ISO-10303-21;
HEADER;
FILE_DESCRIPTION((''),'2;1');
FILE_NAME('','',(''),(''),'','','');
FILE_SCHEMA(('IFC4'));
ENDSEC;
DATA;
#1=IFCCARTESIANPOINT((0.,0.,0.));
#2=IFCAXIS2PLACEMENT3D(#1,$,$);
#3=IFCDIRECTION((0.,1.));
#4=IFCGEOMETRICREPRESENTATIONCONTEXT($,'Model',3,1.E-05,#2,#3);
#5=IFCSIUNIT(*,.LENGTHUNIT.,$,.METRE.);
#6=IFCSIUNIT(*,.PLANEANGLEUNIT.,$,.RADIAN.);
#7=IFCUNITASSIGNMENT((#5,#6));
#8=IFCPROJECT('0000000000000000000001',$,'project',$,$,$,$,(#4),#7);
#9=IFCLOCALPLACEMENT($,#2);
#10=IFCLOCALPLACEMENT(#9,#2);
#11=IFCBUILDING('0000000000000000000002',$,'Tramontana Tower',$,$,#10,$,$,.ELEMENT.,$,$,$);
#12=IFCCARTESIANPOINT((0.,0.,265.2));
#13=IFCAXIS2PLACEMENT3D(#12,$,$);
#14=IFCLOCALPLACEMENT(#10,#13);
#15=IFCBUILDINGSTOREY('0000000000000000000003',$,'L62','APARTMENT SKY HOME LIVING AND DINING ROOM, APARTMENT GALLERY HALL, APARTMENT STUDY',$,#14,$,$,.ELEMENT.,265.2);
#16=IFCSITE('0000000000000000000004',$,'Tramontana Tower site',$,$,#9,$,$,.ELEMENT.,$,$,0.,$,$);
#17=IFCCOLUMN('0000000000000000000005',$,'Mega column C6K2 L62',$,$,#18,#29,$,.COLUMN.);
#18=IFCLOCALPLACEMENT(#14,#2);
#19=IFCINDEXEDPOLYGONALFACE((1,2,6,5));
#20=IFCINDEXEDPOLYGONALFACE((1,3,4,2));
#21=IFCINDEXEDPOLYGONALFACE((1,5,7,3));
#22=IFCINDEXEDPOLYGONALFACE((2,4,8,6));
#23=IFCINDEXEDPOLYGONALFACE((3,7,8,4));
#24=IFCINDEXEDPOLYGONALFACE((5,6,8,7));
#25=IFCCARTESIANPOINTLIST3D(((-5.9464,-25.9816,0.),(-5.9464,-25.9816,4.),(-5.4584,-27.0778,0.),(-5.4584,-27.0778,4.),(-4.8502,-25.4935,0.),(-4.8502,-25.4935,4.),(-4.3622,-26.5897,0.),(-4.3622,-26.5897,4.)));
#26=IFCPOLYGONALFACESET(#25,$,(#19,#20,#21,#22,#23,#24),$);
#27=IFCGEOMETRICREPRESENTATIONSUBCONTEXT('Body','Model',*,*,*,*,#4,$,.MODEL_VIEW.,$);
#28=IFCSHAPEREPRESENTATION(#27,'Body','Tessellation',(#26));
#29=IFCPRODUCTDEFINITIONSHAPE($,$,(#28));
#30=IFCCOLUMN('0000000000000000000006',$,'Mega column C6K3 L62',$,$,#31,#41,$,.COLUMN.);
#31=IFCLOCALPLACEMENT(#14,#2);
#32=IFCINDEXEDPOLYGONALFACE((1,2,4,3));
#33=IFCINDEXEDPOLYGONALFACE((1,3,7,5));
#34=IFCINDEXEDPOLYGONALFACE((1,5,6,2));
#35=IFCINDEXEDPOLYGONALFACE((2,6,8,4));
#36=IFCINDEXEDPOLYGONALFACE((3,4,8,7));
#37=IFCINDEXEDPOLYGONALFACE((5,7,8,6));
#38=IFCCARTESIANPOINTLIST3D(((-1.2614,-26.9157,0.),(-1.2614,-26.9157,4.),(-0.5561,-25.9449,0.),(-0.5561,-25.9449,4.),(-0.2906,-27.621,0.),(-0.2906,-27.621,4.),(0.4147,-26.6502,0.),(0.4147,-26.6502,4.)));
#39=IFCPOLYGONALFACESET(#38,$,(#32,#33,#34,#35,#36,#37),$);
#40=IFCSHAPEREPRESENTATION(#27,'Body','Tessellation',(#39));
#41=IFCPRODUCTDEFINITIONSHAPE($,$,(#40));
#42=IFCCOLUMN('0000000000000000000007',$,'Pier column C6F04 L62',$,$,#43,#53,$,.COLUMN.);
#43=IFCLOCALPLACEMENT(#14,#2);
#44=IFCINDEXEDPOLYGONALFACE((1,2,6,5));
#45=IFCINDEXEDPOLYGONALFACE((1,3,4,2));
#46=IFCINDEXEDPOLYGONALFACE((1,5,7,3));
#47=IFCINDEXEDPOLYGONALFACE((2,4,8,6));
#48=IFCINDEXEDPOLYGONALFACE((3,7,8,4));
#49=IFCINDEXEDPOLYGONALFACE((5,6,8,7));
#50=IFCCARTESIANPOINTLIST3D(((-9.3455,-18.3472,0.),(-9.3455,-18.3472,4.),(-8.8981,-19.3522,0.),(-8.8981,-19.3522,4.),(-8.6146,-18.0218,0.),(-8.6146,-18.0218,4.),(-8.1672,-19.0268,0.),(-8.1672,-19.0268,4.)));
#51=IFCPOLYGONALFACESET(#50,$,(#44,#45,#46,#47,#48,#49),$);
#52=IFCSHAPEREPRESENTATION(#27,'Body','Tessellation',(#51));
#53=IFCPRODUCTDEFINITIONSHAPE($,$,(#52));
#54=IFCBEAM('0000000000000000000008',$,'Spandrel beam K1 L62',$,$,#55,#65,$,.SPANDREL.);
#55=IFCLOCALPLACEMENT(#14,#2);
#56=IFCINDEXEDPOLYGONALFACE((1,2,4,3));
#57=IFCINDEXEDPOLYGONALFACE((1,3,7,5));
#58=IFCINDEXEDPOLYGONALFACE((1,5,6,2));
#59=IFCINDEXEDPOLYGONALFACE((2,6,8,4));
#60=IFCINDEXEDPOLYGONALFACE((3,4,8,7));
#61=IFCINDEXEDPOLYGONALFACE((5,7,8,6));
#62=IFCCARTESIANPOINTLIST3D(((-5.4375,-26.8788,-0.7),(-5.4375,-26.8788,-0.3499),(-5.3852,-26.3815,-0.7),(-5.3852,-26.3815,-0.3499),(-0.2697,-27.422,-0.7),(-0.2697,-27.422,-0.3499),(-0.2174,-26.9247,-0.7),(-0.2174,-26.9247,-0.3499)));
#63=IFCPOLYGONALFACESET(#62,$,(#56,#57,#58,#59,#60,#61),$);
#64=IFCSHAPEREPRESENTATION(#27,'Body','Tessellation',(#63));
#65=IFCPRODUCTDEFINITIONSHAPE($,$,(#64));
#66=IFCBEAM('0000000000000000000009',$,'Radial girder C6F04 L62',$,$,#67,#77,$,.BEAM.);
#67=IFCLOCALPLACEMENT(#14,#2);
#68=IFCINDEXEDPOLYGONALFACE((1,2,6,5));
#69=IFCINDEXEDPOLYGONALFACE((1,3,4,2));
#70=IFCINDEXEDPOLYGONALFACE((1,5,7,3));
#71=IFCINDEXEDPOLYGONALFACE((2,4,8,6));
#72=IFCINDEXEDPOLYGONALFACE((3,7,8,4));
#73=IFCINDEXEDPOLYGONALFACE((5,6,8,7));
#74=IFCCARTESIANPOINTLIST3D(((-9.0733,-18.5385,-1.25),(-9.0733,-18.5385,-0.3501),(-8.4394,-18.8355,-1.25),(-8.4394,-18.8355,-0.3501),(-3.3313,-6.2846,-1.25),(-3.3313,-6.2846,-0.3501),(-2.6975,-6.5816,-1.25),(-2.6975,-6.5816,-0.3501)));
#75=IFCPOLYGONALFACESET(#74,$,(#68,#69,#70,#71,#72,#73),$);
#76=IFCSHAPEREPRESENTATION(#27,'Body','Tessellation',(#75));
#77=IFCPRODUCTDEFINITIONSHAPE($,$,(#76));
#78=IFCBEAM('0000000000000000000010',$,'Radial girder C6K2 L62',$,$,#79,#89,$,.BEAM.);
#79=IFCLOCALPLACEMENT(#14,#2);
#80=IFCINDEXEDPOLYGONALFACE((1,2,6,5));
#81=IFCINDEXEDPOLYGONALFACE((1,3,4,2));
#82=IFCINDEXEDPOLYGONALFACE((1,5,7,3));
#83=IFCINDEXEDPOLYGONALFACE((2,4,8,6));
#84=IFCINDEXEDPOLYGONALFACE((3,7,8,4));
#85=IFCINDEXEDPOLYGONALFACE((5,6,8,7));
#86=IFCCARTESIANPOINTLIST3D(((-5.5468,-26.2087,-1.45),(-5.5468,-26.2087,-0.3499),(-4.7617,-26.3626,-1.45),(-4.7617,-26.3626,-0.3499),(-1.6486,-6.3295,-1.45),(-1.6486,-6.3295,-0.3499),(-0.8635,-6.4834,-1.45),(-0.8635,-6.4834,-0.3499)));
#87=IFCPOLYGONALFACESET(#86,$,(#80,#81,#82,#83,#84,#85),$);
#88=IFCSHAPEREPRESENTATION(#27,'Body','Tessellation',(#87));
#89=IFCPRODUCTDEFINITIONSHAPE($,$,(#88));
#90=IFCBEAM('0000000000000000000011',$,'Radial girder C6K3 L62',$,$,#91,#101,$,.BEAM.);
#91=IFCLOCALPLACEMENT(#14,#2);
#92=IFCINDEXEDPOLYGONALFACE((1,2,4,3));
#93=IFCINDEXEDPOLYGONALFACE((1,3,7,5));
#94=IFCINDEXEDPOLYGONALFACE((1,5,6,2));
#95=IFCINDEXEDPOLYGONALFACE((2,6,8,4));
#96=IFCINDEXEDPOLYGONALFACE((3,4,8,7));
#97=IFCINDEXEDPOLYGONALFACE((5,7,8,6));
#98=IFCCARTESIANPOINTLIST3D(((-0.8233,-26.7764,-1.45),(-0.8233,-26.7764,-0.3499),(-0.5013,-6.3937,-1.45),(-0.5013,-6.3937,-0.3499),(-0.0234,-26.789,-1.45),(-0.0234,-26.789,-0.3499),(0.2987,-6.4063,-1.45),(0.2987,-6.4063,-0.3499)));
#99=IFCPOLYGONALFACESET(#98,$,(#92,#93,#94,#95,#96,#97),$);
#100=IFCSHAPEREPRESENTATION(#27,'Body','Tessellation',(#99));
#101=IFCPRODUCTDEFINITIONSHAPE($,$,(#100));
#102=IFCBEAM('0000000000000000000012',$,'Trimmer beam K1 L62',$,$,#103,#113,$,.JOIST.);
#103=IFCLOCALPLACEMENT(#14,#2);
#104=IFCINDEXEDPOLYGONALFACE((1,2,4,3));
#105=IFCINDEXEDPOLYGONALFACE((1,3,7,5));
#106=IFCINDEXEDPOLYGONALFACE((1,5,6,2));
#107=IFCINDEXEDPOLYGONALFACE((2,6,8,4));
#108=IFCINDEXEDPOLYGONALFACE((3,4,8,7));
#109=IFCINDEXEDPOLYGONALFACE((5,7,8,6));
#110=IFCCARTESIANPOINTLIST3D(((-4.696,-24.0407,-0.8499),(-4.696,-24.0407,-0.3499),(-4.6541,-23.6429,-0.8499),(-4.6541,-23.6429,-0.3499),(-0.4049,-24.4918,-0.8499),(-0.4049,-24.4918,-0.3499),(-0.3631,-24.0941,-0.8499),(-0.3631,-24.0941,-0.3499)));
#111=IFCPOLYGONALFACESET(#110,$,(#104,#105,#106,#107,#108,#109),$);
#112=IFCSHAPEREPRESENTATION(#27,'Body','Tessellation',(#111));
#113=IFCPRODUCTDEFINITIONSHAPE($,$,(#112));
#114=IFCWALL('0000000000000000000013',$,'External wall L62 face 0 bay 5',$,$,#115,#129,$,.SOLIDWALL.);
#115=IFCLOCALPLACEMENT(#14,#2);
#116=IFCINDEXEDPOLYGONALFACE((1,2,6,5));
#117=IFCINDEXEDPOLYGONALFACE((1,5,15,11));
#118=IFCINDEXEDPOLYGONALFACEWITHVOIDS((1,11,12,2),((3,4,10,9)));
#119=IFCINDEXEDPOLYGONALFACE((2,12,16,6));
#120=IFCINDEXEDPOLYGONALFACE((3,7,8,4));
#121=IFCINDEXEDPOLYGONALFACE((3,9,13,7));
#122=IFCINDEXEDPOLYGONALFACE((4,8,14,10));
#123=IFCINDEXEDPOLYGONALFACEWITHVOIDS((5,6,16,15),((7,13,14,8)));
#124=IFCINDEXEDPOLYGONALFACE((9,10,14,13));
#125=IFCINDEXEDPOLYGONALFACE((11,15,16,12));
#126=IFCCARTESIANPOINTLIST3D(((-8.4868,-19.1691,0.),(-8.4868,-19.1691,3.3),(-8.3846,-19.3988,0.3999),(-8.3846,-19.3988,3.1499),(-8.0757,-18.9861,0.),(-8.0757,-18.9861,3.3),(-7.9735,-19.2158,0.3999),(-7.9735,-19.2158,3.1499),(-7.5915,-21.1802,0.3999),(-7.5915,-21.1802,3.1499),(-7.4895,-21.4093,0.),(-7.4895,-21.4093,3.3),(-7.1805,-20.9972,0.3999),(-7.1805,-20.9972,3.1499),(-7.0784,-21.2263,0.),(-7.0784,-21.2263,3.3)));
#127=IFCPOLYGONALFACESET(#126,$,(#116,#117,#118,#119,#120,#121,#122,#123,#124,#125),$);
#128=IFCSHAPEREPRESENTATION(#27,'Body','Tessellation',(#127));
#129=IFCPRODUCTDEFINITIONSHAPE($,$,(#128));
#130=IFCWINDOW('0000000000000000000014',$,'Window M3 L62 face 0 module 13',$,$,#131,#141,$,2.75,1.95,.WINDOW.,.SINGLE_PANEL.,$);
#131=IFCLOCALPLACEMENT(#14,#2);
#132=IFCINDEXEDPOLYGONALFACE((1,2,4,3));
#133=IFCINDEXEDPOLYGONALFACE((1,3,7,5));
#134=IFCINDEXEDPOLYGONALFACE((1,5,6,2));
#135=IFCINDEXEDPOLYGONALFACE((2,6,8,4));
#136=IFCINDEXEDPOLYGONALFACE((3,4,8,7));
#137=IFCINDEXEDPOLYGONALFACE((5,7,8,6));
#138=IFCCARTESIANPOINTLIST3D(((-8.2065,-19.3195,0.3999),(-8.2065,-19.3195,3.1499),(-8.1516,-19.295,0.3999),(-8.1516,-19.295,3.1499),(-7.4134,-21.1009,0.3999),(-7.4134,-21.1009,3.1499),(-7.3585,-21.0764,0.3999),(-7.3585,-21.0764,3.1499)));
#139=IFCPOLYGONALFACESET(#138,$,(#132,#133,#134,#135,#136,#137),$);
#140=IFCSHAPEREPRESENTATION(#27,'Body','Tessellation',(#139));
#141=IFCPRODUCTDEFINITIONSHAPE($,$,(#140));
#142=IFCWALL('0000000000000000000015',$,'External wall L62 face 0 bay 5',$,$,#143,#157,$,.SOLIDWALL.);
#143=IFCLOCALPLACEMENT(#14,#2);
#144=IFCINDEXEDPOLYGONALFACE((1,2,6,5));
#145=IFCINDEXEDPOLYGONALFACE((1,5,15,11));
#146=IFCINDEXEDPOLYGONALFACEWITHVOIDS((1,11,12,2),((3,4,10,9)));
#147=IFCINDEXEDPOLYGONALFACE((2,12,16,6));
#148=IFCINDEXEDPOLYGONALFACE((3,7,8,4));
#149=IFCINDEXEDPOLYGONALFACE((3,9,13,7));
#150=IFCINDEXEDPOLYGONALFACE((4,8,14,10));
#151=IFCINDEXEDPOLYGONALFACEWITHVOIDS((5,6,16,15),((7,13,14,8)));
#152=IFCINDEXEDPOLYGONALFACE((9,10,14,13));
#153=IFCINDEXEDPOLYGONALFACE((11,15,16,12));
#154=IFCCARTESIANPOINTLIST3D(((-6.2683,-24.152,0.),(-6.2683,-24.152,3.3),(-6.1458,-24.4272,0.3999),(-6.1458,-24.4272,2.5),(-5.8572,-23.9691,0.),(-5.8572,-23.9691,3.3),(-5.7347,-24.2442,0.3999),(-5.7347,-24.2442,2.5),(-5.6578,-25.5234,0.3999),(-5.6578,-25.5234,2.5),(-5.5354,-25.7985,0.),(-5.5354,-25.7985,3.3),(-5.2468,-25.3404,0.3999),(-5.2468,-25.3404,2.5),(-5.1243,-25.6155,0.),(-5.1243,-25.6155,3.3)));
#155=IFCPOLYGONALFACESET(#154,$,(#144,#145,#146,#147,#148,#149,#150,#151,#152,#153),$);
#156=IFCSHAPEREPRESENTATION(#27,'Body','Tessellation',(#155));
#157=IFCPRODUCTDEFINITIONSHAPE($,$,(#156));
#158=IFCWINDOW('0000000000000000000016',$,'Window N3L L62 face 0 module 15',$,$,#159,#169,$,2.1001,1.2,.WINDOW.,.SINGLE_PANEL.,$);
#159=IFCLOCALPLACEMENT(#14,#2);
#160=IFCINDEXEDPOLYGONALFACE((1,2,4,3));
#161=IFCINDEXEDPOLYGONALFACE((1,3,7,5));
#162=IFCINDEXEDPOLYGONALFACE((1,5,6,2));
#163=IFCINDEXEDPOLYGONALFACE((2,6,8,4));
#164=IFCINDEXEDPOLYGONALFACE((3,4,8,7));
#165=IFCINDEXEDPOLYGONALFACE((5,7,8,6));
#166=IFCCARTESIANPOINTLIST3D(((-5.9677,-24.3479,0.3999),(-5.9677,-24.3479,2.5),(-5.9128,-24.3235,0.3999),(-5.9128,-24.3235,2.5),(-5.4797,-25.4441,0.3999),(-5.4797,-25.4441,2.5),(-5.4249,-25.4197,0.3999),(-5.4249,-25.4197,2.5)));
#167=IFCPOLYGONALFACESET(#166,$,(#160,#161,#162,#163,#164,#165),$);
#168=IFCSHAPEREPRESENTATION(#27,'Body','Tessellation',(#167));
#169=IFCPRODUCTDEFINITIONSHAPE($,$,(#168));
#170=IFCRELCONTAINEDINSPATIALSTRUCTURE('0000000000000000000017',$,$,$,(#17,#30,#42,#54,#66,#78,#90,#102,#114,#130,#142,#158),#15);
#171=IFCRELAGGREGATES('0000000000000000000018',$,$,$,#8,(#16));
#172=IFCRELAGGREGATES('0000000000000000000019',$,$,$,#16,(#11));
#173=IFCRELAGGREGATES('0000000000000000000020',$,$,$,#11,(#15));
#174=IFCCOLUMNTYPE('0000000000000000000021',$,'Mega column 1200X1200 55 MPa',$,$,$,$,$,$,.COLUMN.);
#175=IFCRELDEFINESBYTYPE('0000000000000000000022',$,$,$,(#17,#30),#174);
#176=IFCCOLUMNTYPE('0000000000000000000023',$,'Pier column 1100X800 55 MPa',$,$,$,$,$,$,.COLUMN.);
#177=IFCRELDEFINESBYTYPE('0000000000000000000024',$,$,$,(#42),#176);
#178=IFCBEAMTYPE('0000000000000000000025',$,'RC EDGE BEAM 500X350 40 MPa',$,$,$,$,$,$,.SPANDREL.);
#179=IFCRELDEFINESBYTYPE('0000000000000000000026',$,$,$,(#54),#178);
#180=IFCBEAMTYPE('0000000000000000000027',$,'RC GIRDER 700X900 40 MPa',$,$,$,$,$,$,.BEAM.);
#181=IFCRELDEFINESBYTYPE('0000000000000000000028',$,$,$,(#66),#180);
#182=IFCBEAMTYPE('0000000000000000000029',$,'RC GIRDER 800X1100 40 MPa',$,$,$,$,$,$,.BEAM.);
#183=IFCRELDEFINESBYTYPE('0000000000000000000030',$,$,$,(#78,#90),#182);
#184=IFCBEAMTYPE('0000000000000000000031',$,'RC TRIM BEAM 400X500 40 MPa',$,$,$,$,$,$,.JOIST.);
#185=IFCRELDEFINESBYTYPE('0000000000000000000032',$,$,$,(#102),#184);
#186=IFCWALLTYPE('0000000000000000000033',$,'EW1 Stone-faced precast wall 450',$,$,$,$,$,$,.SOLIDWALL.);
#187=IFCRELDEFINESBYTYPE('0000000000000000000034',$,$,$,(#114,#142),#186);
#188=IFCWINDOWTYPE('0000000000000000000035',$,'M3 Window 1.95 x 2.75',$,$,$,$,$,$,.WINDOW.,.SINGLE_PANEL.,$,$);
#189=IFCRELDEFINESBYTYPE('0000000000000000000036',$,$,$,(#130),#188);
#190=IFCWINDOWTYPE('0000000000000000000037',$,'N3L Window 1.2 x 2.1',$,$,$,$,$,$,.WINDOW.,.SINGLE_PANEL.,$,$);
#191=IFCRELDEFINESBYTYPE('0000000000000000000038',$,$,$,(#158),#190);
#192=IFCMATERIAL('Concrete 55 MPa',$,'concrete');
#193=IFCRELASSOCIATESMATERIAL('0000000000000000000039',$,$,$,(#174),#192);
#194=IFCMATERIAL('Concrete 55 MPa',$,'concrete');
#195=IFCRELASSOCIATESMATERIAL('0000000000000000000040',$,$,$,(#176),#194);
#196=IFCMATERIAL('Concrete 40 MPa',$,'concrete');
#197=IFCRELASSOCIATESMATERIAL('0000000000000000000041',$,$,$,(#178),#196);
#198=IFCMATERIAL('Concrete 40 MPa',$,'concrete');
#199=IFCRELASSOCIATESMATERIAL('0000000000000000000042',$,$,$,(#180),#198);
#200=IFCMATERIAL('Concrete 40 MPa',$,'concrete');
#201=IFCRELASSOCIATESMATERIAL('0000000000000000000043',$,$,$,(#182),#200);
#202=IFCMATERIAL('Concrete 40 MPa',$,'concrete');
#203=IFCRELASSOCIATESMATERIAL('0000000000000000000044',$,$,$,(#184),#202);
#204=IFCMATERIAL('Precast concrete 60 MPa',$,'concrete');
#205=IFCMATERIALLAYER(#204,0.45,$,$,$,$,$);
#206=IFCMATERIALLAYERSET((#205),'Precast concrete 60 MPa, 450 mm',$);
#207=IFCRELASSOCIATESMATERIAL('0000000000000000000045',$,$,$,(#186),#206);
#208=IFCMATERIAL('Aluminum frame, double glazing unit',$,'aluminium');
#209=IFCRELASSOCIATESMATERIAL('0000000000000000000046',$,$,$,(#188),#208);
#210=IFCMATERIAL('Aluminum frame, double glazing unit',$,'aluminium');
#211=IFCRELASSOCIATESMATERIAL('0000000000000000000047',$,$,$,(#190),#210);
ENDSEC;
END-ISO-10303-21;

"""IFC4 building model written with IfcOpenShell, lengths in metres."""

from ifc_helpers import new_model, si_unit, direction, frame, frame_2d, origin, origin_2d, place, context, subcontext, project, spatial, rectangle, extrude, material, layer, layer_set, material_profile, profile_set, type_object, element, fill, save


model = new_model("IFC4")

# Units and contexts
model_context = context("Model", 3, precision=1e-05, world=origin(), true_north=direction((0.0, 1.0)))
body_context = subcontext(model_context, "Body", "Model", "MODEL_VIEW")
ifc_project = project(units=[si_unit("LENGTHUNIT", "METRE"), si_unit("PLANEANGLEUNIT", "RADIAN")], contexts=[model_context])

# Site, building, storey
site_placement = place(None, origin())
site = spatial("IfcSite", under=ifc_project, at=site_placement, Name="Tramontana Tower site", CompositionType="ELEMENT", RefElevation=0.0)
building_placement = place(site_placement, origin())
building = spatial("IfcBuilding", under=site, at=building_placement, Name="Tramontana Tower", CompositionType="ELEMENT")
storey_placement = place(building_placement, frame((0.0, 0.0, 265.2)))
storey = spatial("IfcBuildingStorey", under=building, at=storey_placement, Name="L62", Description="APARTMENT SKY HOME LIVING AND DINING ROOM, APARTMENT GALLERY HALL, APARTMENT STUDY", CompositionType="ELEMENT", Elevation=265.2)

# Columns
ifc_material_1 = material(Name="Concrete 55 MPa", Category="concrete")
ifc_material_profile_1 = material_profile(ifc_material_1, rectangle(XDim=1.2, YDim=1.2, at=origin_2d()), Name="Mega column 1200X1200 55 MPa")
ifc_profile_set_1 = profile_set([ifc_material_profile_1], Name="Concrete 55 MPa")
column_type_1 = type_object("IfcColumnType", Name="Mega column 1200X1200 55 MPa", PredefinedType="COLUMN", material=ifc_profile_set_1)
for number, where, z_axis, x_axis, name in (
    (1, (-5.1543, -26.2856, 0.0), (0.0, 0.0, 1.0), (0.406737, -0.913545, 0.0), "Mega column C6K2 L62"),
    (2, (-0.4233, -26.783, 0.0), (0.0, 0.0, 1.0), (0.587785, 0.809017, 0.0), "Mega column C6K3 L62"),
):
    element("IfcColumn", number, at=place(storey_placement, frame(where, z_axis=z_axis, x_axis=x_axis)), inside=storey, type_object=column_type_1, Name=name, PredefinedType="COLUMN", context=body_context, shape_type="SweptSolid", body=[
        extrude(rectangle(XDim=1.2, YDim=1.2, at=origin_2d()), origin(), (0.0, 0.0, 1.0), 4.0),
    ])
ifc_material_2 = material(Name="Concrete 55 MPa", Category="concrete")
ifc_material_profile_2 = material_profile(ifc_material_2, rectangle(XDim=1.1001, YDim=0.8, at=origin_2d()), Name="Pier column 1100X800 55 MPa")
ifc_profile_set_2 = profile_set([ifc_material_profile_2], Name="Concrete 55 MPa")
column_type_2 = type_object("IfcColumnType", Name="Pier column 1100X800 55 MPa", PredefinedType="COLUMN", material=ifc_profile_set_2)
column_placement = place(storey_placement, frame((-8.7563, -18.687, 0.0), z_axis=(0.0, 0.0, 1.0), x_axis=(0.406737, -0.913545, 0.0)))
element("IfcColumn", 3, at=column_placement, inside=storey, type_object=column_type_2, Name="Pier column C6F04 L62", PredefinedType="COLUMN", context=body_context, shape_type="SweptSolid", body=[
    extrude(rectangle(XDim=1.1001, YDim=0.8, at=origin_2d()), origin(), (0.0, 0.0, 1.0), 4.0),
])

# Beams
ifc_material_3 = material(Name="Concrete 40 MPa", Category="concrete")
ifc_material_profile_3 = material_profile(ifc_material_3, rectangle(XDim=0.5, YDim=0.3501, at=origin_2d()), Name="RC EDGE BEAM 500X350 40 MPa")
ifc_profile_set_3 = profile_set([ifc_material_profile_3], Name="Concrete 40 MPa")
beam_type_1 = type_object("IfcBeamType", Name="RC EDGE BEAM 500X350 40 MPa", PredefinedType="SPANDREL", material=ifc_profile_set_3)
beam_1_placement = place(storey_placement, frame((-5.4114, -26.6301, -0.5249), z_axis=(0.994521, -0.10454, 0.0), x_axis=(0.10454, 0.994521, 0.0)))
element("IfcBeam", 4, at=beam_1_placement, inside=storey, type_object=beam_type_1, Name="Spandrel beam K1 L62", PredefinedType="SPANDREL", context=body_context, shape_type="SweptSolid", body=[
    extrude(rectangle(XDim=0.5, YDim=0.3501, at=origin_2d()), origin(), (0.0, 0.0, 1.0), 5.1963),
])
ifc_material_4 = material(Name="Concrete 40 MPa", Category="concrete")
ifc_material_profile_4 = material_profile(ifc_material_4, rectangle(XDim=0.7, YDim=0.8999, at=origin_2d()), Name="RC GIRDER 700X900 40 MPa")
ifc_profile_set_4 = profile_set([ifc_material_profile_4], Name="Concrete 40 MPa")
beam_type_2 = type_object("IfcBeamType", Name="RC GIRDER 700X900 40 MPa", PredefinedType="BEAM", material=ifc_profile_set_4)
beam_2_placement = place(storey_placement, frame((-8.7563, -18.687, -0.8), z_axis=(0.424308, 0.905518, 0.0), x_axis=(-0.905518, 0.424308, 0.0)))
element("IfcBeam", 5, at=beam_2_placement, inside=storey, type_object=beam_type_2, Name="Radial girder C6F04 L62", PredefinedType="BEAM", context=body_context, shape_type="SweptSolid", body=[
    extrude(rectangle(XDim=0.7, YDim=0.8999, at=origin_2d()), origin(), (0.0, 0.0, 1.0), 13.5325),
])
ifc_material_5 = material(Name="Concrete 40 MPa", Category="concrete")
ifc_material_profile_5 = material_profile(ifc_material_5, rectangle(XDim=0.8, YDim=1.1001, at=origin_2d()), Name="RC GIRDER 800X1100 40 MPa")
ifc_profile_set_5 = profile_set([ifc_material_profile_5], Name="Concrete 40 MPa")
beam_type_3 = type_object("IfcBeamType", Name="RC GIRDER 800X1100 40 MPa", PredefinedType="BEAM", material=ifc_profile_set_5)
beam_3_placement = place(storey_placement, frame((-5.1543, -26.2856, -0.8999), z_axis=(0.19243, 0.981311, 0.0), x_axis=(-0.981311, 0.19243, 0.0)))
element("IfcBeam", 6, at=beam_3_placement, inside=storey, type_object=beam_type_3, Name="Radial girder C6K2 L62", PredefinedType="BEAM", context=body_context, shape_type="SweptSolid", body=[
    extrude(rectangle(XDim=0.8, YDim=1.1001, at=origin_2d()), origin(), (0.0, 0.0, 1.0), 20.2578),
])
beam_4_placement = place(storey_placement, frame((-0.4233, -26.7827, -0.8999), z_axis=(0.015797, 0.999875, 0.0), x_axis=(-0.999875, 0.015797, 0.0)))
element("IfcBeam", 7, at=beam_4_placement, inside=storey, type_object=beam_type_3, Name="Radial girder C6K3 L62", PredefinedType="BEAM", context=body_context, shape_type="SweptSolid", body=[
    extrude(rectangle(XDim=0.8, YDim=1.1001, at=origin_2d()), origin(), (0.0, 0.0, 1.0), 20.3853),
])
ifc_material_6 = material(Name="Concrete 40 MPa", Category="concrete")
ifc_material_profile_6 = material_profile(ifc_material_6, rectangle(XDim=0.3999, YDim=0.5, at=origin_2d()), Name="RC TRIM BEAM 400X500 40 MPa")
ifc_profile_set_6 = profile_set([ifc_material_profile_6], Name="Concrete 40 MPa")
beam_type_4 = type_object("IfcBeamType", Name="RC TRIM BEAM 400X500 40 MPa", PredefinedType="JOIST", material=ifc_profile_set_6)
beam_5_placement = place(storey_placement, frame((-4.675, -23.8418, -0.5999), z_axis=(0.994518, -0.104567, 0.0), x_axis=(0.104567, 0.994518, 0.0)))
element("IfcBeam", 8, at=beam_5_placement, inside=storey, type_object=beam_type_4, Name="Trimmer beam K1 L62", PredefinedType="JOIST", context=body_context, shape_type="SweptSolid", body=[
    extrude(rectangle(XDim=0.3999, YDim=0.5, at=origin_2d()), origin(), (0.0, 0.0, 1.0), 4.3147),
])

# Walls, openings, windows
ifc_material_7 = material(Name="Precast concrete 60 MPa", Category="concrete")
ifc_layer_1 = layer(ifc_material_7, 0.45)
ifc_layer_set_1 = layer_set([ifc_layer_1], Name="Precast concrete 60 MPa, 450 mm")
wall_type_1 = type_object("IfcWallType", Name="EW1 Stone-faced precast wall 450", PredefinedType="SOLIDWALL", material=ifc_layer_set_1)
wall_1_placement = place(storey_placement, frame((-8.2812, -19.0776, 0.0), z_axis=(0.0, 0.0, 1.0), x_axis=(0.406702, -0.913561, 0.0)))
wall_1 = element("IfcWall", 9, at=wall_1_placement, inside=storey, type_object=wall_type_1, Name="External wall L62 face 0 bay 5", PredefinedType="SOLIDWALL", context=body_context, shape_type="SweptSolid", body=[
    extrude(rectangle(XDim=2.4521, YDim=0.45, at=frame_2d((1.2261, 0.0))), origin(), (0.0, 0.0, 1.0), 3.3),
])
opening_1_placement = place(wall_1_placement, frame((0.2512, 0.0, 0.3999)))
opening_1 = element("IfcOpeningElement", 10, at=opening_1_placement, cuts=wall_1, PredefinedType="OPENING", context=body_context, shape_type="SweptSolid", body=[
    extrude(rectangle(XDim=1.95, YDim=2.75, at=frame_2d((0.9751, 1.375))), frame((0.0, 0.2349, 0.0), z_axis=(0.0, -1.0, 0.0), x_axis=(1.0, 0.0, 0.0)), (0.0, 0.0, 1.0), 0.47),
])
ifc_material_8 = material(Name="Aluminum frame, double glazing unit", Category="aluminium")
window_type_1 = type_object("IfcWindowType", Name="M3 Window 1.95 x 2.75", PartitioningType="SINGLE_PANEL", PredefinedType="WINDOW", material=ifc_material_8)
window_1_placement = place(opening_1_placement, origin())
window_1 = element("IfcWindow", 11, at=window_1_placement, inside=storey, type_object=window_type_1, Name="Window M3 L62 face 0 module 13", OverallHeight=2.75, OverallWidth=1.95, PartitioningType="SINGLE_PANEL", PredefinedType="WINDOW", context=body_context, shape_type="SweptSolid", body=[
    extrude(rectangle(XDim=1.95, YDim=2.75, at=frame_2d((0.9751, 1.375))), frame((0.0, 0.03, 0.0), z_axis=(0.0, -1.0, 0.0), x_axis=(1.0, 0.0, 0.0)), (0.0, 0.0, 1.0), 0.0601),
])
fill(opening_1, window_1)
wall_2_placement = place(storey_placement, frame((-6.0627, -24.0605, 0.0), z_axis=(0.0, 0.0, 1.0), x_axis=(0.406666, -0.913577, 0.0)))
wall_2 = element("IfcWall", 12, at=wall_2_placement, inside=storey, type_object=wall_type_1, Name="External wall L62 face 0 bay 5", PredefinedType="SOLIDWALL", context=body_context, shape_type="SweptSolid", body=[
    extrude(rectangle(XDim=1.8022, YDim=0.45, at=frame_2d((0.9011, 0.0))), origin(), (0.0, 0.0, 1.0), 3.3),
])
opening_2_placement = place(wall_2_placement, frame((0.301, 0.0, 0.3999)))
opening_2 = element("IfcOpeningElement", 13, at=opening_2_placement, cuts=wall_2, PredefinedType="OPENING", context=body_context, shape_type="SweptSolid", body=[
    extrude(rectangle(XDim=1.2, YDim=2.1001, at=frame_2d((0.6001, 1.05))), frame((0.0, 0.2349, 0.0), z_axis=(0.0, -1.0, 0.0), x_axis=(1.0, 0.0, 0.0)), (0.0, 0.0, 1.0), 0.47),
])
ifc_material_9 = material(Name="Aluminum frame, double glazing unit", Category="aluminium")
window_type_2 = type_object("IfcWindowType", Name="N3L Window 1.2 x 2.1", PartitioningType="SINGLE_PANEL", PredefinedType="WINDOW", material=ifc_material_9)
window_2_placement = place(opening_2_placement, origin())
window_2 = element("IfcWindow", 14, at=window_2_placement, inside=storey, type_object=window_type_2, Name="Window N3L L62 face 0 module 15", OverallHeight=2.1001, OverallWidth=1.2, PartitioningType="SINGLE_PANEL", PredefinedType="WINDOW", context=body_context, shape_type="SweptSolid", body=[
    extrude(rectangle(XDim=1.2, YDim=2.1001, at=frame_2d((0.6001, 1.05))), frame((0.0, 0.03, 0.0), z_axis=(0.0, -1.0, 0.0), x_axis=(1.0, 0.0, 0.0)), (0.0, 0.0, 1.0), 0.0601),
])
fill(opening_2, window_2)

save(model, "model.ifc")
